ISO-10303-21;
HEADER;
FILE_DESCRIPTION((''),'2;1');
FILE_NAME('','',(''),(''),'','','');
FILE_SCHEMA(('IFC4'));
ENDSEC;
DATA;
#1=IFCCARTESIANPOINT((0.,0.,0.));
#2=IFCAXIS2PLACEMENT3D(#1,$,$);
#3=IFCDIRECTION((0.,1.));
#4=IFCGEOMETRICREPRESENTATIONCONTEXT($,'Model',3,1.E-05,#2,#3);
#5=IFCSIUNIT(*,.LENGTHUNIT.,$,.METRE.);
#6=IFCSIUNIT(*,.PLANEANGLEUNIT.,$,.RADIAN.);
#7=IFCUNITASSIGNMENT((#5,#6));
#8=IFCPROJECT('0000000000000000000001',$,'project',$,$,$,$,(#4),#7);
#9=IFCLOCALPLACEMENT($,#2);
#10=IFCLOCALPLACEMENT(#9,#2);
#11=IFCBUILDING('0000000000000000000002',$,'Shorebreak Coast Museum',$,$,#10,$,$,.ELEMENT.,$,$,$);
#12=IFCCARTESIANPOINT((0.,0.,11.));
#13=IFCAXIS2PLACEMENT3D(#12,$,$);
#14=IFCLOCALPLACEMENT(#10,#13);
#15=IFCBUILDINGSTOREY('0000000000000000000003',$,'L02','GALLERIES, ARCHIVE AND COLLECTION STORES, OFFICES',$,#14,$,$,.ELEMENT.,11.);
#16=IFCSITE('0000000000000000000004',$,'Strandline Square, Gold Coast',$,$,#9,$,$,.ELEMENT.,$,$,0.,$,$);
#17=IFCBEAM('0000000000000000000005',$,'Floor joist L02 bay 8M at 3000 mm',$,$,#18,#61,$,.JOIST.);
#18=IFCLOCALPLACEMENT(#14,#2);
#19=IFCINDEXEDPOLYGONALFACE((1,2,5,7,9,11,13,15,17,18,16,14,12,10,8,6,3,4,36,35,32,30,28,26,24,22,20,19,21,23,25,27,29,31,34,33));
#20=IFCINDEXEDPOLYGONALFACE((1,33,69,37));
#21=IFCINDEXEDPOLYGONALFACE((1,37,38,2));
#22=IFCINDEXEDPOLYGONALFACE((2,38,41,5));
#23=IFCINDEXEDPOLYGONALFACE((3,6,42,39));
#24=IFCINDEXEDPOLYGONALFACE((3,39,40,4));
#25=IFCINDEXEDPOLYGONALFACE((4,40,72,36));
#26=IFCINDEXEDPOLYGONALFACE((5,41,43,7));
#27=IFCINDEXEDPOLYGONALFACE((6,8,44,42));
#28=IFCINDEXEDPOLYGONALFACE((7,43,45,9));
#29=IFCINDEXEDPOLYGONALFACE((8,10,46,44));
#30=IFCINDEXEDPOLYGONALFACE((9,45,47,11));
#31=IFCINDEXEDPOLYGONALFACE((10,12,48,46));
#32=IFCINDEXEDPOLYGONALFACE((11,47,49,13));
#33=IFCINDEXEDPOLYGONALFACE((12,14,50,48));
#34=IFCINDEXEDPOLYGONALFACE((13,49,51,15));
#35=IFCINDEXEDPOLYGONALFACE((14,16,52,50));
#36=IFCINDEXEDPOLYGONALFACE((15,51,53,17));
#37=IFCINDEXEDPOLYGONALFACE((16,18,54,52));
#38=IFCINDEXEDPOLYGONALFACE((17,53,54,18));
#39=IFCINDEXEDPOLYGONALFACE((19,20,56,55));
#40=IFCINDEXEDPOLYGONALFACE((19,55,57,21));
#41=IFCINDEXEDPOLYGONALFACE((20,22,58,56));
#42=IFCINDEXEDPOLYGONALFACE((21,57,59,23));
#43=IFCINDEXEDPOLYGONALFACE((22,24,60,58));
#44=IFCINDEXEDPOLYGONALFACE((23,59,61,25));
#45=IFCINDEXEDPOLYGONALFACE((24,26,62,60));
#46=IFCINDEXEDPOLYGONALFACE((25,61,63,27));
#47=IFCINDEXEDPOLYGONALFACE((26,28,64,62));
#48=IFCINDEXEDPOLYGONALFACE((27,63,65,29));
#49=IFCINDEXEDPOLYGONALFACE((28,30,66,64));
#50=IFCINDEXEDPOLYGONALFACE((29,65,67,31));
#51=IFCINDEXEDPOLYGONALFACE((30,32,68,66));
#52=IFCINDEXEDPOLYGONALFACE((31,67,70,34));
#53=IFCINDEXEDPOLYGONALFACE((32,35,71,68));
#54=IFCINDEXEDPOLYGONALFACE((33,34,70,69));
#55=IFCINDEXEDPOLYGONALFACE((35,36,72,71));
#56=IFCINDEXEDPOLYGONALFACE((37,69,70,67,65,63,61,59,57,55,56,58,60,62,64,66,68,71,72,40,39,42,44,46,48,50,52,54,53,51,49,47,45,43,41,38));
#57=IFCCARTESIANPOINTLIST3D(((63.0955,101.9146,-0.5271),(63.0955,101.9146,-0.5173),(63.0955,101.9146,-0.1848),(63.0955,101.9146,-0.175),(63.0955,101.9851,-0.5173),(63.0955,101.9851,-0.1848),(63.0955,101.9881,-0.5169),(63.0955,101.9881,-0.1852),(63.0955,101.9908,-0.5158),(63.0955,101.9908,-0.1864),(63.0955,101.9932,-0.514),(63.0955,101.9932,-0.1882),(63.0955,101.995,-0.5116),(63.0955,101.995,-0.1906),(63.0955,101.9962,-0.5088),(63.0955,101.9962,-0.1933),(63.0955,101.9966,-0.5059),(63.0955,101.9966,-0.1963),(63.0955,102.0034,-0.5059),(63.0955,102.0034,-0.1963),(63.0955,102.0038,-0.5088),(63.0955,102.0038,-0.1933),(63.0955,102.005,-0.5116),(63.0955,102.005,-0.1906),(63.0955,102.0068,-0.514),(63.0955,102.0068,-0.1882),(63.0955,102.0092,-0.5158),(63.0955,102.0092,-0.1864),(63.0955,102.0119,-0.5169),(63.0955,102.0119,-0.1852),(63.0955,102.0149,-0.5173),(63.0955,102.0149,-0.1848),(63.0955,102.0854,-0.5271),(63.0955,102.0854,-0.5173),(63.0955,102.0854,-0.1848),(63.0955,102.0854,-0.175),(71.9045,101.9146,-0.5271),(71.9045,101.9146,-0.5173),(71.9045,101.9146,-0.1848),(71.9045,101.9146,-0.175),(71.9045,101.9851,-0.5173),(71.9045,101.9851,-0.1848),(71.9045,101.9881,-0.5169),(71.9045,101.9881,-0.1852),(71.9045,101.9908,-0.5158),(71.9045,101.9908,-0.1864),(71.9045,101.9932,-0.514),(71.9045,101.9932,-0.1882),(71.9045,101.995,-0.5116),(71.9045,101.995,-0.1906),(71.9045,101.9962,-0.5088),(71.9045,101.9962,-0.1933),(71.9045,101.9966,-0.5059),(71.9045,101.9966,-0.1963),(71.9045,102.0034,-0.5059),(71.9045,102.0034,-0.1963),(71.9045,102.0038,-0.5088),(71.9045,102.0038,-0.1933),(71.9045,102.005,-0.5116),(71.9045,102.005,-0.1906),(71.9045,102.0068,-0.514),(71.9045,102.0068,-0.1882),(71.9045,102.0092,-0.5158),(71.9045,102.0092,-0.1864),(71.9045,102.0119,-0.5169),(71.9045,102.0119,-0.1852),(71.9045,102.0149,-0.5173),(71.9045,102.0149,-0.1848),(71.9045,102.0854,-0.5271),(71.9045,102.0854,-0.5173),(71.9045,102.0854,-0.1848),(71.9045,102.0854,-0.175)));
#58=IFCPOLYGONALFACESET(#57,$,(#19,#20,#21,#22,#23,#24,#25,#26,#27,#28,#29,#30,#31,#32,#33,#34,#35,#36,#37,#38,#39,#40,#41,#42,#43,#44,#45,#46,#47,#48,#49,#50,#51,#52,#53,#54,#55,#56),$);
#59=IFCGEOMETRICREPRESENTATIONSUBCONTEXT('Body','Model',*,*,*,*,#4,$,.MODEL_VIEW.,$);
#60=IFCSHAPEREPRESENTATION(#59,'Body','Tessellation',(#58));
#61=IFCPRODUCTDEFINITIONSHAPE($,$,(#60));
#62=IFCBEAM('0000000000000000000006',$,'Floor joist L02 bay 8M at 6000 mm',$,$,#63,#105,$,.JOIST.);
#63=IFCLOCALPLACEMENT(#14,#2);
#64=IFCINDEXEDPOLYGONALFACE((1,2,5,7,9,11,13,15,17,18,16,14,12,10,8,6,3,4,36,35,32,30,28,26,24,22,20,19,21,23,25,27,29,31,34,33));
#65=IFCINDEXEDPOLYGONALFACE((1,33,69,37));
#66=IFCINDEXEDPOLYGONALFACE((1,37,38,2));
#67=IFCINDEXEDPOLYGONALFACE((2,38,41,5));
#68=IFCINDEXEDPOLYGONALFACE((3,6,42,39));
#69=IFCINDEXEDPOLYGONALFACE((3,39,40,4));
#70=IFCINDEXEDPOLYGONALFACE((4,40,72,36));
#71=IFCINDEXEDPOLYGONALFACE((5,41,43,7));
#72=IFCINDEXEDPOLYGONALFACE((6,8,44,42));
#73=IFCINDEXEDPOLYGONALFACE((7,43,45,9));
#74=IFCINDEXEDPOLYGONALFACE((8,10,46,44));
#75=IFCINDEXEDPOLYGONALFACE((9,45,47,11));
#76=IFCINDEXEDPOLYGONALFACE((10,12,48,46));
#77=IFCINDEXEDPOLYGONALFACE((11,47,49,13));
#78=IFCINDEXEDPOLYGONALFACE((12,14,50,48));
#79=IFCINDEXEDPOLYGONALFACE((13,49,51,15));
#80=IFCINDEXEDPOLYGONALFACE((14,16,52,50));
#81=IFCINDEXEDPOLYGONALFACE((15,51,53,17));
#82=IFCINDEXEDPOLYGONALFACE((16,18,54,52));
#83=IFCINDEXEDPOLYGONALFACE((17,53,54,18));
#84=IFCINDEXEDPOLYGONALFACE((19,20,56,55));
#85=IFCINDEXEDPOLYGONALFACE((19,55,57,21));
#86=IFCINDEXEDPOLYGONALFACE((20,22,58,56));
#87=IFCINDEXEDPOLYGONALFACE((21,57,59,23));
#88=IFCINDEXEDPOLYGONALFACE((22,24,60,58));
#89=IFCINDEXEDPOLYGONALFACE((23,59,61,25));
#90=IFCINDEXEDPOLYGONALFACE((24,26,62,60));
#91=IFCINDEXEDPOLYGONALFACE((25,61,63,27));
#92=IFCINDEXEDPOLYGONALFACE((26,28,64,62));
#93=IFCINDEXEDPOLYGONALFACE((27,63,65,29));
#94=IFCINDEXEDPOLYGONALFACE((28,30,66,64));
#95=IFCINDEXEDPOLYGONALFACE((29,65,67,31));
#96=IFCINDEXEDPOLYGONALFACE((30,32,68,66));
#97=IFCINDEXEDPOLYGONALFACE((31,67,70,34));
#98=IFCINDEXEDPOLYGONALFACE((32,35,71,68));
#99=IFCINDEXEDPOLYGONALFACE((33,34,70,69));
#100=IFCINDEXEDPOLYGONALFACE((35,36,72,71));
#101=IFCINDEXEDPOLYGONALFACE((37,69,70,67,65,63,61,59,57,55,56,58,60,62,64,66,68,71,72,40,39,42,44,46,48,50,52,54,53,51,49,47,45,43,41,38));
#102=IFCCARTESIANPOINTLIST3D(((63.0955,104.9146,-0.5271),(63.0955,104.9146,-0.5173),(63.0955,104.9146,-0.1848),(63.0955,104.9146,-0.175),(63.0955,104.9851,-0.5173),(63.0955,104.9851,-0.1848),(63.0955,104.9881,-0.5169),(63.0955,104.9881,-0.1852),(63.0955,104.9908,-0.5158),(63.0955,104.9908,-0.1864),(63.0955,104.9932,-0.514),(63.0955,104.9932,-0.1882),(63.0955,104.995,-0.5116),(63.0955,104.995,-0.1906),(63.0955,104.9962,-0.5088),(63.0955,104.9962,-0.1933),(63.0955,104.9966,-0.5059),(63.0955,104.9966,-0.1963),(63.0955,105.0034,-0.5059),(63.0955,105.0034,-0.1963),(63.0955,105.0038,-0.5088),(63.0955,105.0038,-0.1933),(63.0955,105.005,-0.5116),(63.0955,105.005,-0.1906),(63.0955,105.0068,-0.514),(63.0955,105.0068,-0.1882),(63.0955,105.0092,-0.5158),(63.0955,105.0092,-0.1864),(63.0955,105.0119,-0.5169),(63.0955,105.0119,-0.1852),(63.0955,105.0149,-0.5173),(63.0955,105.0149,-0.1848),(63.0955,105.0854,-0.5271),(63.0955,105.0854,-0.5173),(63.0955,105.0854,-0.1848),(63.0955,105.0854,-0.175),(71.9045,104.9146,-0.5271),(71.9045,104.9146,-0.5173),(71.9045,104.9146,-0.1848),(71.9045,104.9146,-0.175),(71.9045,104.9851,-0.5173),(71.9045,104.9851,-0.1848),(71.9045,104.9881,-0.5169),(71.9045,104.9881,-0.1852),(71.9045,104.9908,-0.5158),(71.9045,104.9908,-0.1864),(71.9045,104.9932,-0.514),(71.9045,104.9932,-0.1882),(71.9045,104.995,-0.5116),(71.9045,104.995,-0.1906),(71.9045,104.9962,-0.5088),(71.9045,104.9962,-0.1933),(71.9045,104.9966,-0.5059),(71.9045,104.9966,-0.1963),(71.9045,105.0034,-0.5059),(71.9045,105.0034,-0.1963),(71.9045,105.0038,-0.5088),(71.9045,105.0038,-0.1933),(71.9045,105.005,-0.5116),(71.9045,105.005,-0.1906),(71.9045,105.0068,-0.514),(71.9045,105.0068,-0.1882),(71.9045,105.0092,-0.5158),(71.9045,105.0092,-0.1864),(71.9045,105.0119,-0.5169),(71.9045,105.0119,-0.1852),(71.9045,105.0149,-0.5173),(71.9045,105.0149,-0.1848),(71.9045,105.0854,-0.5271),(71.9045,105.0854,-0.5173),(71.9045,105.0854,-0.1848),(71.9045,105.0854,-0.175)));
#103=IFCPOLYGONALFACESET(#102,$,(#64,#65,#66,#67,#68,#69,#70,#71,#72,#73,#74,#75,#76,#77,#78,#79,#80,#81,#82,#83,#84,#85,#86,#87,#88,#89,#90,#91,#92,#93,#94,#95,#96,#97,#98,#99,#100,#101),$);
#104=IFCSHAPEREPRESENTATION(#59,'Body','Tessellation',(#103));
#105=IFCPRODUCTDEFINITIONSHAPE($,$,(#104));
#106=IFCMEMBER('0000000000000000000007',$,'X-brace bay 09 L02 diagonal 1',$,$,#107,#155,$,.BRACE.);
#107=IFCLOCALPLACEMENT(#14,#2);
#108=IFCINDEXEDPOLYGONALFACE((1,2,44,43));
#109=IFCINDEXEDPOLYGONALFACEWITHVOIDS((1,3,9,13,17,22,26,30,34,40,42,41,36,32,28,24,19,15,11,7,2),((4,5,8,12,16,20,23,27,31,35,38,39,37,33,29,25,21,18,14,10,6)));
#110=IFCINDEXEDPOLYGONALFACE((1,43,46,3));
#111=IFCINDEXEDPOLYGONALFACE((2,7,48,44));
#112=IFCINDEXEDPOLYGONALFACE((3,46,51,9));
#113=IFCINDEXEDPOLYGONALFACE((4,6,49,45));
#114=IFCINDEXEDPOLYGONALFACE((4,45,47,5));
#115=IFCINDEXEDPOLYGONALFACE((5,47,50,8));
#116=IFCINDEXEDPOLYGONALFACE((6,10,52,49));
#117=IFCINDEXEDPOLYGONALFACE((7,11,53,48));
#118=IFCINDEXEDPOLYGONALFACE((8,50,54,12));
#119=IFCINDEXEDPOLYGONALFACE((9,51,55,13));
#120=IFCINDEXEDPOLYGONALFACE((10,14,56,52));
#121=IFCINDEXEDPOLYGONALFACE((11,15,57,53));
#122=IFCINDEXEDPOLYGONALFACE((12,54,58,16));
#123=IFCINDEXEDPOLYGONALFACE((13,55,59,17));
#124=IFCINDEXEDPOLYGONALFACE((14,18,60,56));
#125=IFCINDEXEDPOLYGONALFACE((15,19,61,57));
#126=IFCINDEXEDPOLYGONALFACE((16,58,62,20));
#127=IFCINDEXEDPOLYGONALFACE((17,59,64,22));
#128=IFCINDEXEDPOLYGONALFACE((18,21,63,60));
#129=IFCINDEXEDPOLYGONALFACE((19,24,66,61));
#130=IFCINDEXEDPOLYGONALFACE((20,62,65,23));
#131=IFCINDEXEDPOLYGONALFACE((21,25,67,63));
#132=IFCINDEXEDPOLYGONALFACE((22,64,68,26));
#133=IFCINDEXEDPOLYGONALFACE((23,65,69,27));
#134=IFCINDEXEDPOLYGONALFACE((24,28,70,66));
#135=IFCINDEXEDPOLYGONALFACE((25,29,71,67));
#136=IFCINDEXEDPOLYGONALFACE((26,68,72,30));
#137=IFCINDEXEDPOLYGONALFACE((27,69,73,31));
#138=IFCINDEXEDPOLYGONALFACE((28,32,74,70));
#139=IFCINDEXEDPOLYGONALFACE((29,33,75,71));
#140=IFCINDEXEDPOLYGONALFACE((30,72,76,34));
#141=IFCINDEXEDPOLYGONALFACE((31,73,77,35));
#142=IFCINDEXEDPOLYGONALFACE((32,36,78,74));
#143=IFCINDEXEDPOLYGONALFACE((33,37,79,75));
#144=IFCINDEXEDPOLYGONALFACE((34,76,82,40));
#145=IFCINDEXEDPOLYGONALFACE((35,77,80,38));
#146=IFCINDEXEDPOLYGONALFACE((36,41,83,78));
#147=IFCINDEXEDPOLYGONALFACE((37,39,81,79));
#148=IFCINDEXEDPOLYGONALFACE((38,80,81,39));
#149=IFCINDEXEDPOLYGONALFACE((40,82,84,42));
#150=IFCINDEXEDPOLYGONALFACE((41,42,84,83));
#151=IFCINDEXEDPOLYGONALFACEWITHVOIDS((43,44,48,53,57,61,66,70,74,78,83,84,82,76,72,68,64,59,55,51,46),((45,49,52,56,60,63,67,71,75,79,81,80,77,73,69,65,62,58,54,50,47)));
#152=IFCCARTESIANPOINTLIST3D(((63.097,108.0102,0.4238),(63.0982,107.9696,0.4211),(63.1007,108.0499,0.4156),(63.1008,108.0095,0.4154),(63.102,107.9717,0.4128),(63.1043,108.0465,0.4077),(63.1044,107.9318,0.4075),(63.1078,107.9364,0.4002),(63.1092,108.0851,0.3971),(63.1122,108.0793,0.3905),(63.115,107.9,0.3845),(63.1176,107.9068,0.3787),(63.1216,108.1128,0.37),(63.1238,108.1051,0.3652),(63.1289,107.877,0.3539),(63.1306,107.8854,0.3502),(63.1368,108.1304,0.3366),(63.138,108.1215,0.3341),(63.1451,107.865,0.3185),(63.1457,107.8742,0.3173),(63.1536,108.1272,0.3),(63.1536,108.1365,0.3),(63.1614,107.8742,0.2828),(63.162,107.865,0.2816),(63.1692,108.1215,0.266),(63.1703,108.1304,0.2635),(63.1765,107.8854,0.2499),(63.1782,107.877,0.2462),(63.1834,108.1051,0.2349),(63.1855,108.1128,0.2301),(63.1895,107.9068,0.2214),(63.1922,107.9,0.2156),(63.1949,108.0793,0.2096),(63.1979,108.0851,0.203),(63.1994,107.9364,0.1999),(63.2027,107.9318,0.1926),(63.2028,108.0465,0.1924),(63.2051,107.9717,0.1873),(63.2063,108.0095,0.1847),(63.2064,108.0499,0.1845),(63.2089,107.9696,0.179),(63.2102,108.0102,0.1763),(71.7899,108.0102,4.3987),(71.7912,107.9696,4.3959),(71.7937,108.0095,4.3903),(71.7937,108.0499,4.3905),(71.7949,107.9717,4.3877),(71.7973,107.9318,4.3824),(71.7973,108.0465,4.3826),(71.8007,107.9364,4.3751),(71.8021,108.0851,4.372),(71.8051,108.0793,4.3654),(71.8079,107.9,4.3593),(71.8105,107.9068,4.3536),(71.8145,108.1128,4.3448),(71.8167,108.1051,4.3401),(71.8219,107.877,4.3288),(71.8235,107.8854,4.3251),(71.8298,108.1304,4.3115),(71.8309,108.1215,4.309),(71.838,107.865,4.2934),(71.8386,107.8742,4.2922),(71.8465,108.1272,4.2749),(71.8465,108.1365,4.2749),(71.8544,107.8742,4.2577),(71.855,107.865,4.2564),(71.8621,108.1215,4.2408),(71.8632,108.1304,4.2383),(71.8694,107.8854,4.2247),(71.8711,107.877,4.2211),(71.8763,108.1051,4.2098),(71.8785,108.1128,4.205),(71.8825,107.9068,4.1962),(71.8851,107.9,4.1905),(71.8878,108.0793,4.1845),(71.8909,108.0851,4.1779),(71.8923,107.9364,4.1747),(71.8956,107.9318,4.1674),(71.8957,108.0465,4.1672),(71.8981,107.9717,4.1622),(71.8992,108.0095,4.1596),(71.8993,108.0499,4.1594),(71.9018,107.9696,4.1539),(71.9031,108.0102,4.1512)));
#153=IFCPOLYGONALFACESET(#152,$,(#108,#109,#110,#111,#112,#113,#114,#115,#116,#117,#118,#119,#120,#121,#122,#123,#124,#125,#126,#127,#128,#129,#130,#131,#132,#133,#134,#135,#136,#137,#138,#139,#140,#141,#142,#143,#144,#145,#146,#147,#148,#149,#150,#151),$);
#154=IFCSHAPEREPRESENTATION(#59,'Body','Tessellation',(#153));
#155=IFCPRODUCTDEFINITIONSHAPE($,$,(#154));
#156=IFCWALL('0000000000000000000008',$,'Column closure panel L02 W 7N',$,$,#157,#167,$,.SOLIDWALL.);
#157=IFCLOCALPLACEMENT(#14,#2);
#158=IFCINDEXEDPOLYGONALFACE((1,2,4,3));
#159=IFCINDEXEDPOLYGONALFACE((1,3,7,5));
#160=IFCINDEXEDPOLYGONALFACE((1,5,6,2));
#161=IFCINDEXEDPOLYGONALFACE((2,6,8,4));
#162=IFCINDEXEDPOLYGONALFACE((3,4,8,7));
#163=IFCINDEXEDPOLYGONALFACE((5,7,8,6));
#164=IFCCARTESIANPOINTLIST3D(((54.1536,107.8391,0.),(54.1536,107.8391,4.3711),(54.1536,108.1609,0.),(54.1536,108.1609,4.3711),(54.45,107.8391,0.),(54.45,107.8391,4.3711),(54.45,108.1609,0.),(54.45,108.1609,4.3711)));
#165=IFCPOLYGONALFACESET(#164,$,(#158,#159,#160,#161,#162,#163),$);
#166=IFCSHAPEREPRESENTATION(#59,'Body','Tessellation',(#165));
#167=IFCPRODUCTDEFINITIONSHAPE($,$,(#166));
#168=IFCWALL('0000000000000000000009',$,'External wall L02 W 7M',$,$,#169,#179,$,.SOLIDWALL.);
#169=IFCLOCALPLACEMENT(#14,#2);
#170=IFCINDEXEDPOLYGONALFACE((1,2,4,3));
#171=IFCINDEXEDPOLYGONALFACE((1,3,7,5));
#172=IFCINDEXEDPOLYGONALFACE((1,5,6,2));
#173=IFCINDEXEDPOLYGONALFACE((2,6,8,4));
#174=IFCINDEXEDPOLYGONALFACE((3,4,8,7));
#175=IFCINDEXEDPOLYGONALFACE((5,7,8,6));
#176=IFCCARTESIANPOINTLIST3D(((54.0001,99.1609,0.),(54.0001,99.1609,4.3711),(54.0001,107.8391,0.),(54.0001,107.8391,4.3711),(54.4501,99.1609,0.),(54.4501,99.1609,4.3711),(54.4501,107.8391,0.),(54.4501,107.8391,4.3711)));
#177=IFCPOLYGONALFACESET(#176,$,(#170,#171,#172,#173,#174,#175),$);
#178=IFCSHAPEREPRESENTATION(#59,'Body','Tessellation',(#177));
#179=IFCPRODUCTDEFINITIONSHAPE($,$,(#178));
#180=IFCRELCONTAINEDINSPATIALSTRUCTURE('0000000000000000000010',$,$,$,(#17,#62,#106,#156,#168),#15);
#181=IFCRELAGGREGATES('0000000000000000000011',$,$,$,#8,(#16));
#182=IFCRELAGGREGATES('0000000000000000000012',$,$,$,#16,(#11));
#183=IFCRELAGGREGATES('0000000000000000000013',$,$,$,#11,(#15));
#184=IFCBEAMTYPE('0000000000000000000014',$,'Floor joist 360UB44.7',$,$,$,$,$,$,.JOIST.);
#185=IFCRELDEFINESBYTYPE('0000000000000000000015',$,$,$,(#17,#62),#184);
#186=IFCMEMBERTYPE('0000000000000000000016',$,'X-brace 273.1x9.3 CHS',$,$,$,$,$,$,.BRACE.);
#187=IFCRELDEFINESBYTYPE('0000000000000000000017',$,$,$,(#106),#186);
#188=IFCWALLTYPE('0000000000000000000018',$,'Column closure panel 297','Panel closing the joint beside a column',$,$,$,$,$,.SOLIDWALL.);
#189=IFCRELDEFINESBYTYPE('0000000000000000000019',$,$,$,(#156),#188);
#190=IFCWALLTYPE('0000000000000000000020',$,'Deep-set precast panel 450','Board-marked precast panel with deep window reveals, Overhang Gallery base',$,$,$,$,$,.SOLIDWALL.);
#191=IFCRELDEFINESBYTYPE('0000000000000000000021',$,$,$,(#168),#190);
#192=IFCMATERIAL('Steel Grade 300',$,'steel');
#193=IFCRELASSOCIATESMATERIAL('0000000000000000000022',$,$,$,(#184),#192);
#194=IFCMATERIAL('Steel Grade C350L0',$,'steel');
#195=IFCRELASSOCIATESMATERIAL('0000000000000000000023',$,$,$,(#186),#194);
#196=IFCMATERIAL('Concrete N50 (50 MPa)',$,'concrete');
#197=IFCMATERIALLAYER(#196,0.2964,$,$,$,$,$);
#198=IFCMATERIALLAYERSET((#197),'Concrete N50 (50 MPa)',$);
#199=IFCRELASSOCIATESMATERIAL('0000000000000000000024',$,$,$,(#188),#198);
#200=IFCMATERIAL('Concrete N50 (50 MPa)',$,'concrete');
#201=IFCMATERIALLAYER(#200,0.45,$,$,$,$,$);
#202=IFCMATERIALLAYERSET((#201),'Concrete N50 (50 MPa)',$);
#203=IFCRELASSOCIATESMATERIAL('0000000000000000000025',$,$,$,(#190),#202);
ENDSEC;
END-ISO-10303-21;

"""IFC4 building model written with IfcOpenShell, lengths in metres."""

from ifc_helpers import new_model, si_unit, direction, frame, frame_2d, origin, origin_2d, place, context, subcontext, project, spatial, rectangle, hollow_circle, i_section, extrude, material, layer, layer_set, material_profile, profile_set, type_object, element, save


model = new_model("IFC4")

# Units and contexts
model_context = context("Model", 3, precision=1e-05, world=origin(), true_north=direction((0.0, 1.0)))
body_context = subcontext(model_context, "Body", "Model", "MODEL_VIEW")
ifc_project = project(units=[si_unit("LENGTHUNIT", "METRE"), si_unit("PLANEANGLEUNIT", "RADIAN")], contexts=[model_context])

# Site, building, storey
site_placement = place(None, origin())
site = spatial("IfcSite", under=ifc_project, at=site_placement, Name="Strandline Square, Gold Coast", CompositionType="ELEMENT", RefElevation=0.0)
building_placement = place(site_placement, origin())
building = spatial("IfcBuilding", under=site, at=building_placement, Name="Shorebreak Coast Museum", CompositionType="ELEMENT")
storey_placement = place(building_placement, frame((0.0, 0.0, 11.0)))
storey = spatial("IfcBuildingStorey", under=building, at=storey_placement, Name="L02", Description="GALLERIES, ARCHIVE AND COLLECTION STORES, OFFICES", CompositionType="ELEMENT", Elevation=11.0)

# Beams
ifc_material_1 = material(Name="Steel Grade 300", Category="steel")
ifc_material_profile_1 = material_profile(ifc_material_1, i_section(OverallWidth=0.1709, OverallDepth=0.3521, WebThickness=0.0068, FlangeThickness=0.0098, FilletRadius=0.0115, at=origin_2d()), Name="360UB44.7")
ifc_profile_set_1 = profile_set([ifc_material_profile_1], Name="Steel Grade 300")
beam_type_1 = type_object("IfcBeamType", Name="Floor joist 360UB44.7", PredefinedType="JOIST", material=ifc_profile_set_1)
for number, where, z_axis, x_axis, name in (
    (1, (63.0955, 102.0, -0.3511), (1.0, 0.0, 0.0), (0.0, 1.0, 0.0), "Floor joist L02 bay 8M at 3000 mm"),
    (2, (63.0955, 105.0, -0.3511), (1.0, 0.0, 0.0), (0.0, 1.0, 0.0), "Floor joist L02 bay 8M at 6000 mm"),
):
    element("IfcBeam", number, at=place(storey_placement, frame(where, z_axis=z_axis, x_axis=x_axis)), inside=storey, type_object=beam_type_1, Name=name, PredefinedType="JOIST", context=body_context, shape_type="SweptSolid", body=[
        extrude(i_section(OverallWidth=0.1709, OverallDepth=0.3521, WebThickness=0.0068, FlangeThickness=0.0098, FilletRadius=0.0115, at=origin_2d()), origin(), (0.0, 0.0, 1.0), 8.8091),
    ])

# Member
ifc_material_2 = material(Name="Steel Grade C350L0", Category="steel")
ifc_material_profile_2 = material_profile(ifc_material_2, hollow_circle(Radius=0.1365, WallThickness=0.0093, at=origin_2d()), Name="273.1x9.3 CHS")
ifc_profile_set_2 = profile_set([ifc_material_profile_2], Name="Steel Grade C350L0")
member_type = type_object("IfcMemberType", Name="X-brace 273.1x9.3 CHS", PredefinedType="BRACE", material=ifc_profile_set_2)
member_placement = place(storey_placement, frame((63.1536, 108.0, 0.3), z_axis=(0.909436, 0.0, 0.415844), x_axis=(0.0, 1.0, 0.0)))
element("IfcMember", 3, at=member_placement, inside=storey, type_object=member_type, Name="X-brace bay 09 L02 diagonal 1", PredefinedType="BRACE", context=body_context, shape_type="SweptSolid", body=[
    extrude(hollow_circle(Radius=0.1365, WallThickness=0.0093, at=origin_2d()), origin(), (0.0, 0.0, 1.0), 9.5586),
])

# Walls
ifc_material_3 = material(Name="Concrete N50 (50 MPa)", Category="concrete")
ifc_layer_1 = layer(ifc_material_3, 0.2964)
ifc_layer_set_1 = layer_set([ifc_layer_1], Name="Concrete N50 (50 MPa)")
wall_type_1 = type_object("IfcWallType", Name="Column closure panel 297", Description="Panel closing the joint beside a column", PredefinedType="SOLIDWALL", material=ifc_layer_set_1)
wall_1_placement = place(storey_placement, frame((54.3018, 107.8391, 0.0), z_axis=(0.0, 0.0, 1.0), x_axis=(0.0, 1.0, 0.0)))
element("IfcWall", 4, at=wall_1_placement, inside=storey, type_object=wall_type_1, Name="Column closure panel L02 W 7N", PredefinedType="SOLIDWALL", context=body_context, shape_type="SweptSolid", body=[
    extrude(rectangle(XDim=0.3218, YDim=0.2964, at=frame_2d((0.1609, 0.0))), origin(), (0.0, 0.0, 1.0), 4.3711),
])
ifc_material_4 = material(Name="Concrete N50 (50 MPa)", Category="concrete")
ifc_layer_2 = layer(ifc_material_4, 0.45)
ifc_layer_set_2 = layer_set([ifc_layer_2], Name="Concrete N50 (50 MPa)")
wall_type_2 = type_object("IfcWallType", Name="Deep-set precast panel 450", Description="Board-marked precast panel with deep window reveals, Overhang Gallery base", PredefinedType="SOLIDWALL", material=ifc_layer_set_2)
wall_2_placement = place(storey_placement, frame((54.2251, 99.1609, 0.0), z_axis=(0.0, 0.0, 1.0), x_axis=(0.0, 1.0, 0.0)))
element("IfcWall", 5, at=wall_2_placement, inside=storey, type_object=wall_type_2, Name="External wall L02 W 7M", PredefinedType="SOLIDWALL", context=body_context, shape_type="SweptSolid", body=[
    extrude(rectangle(XDim=8.6782, YDim=0.45, at=frame_2d((4.3391, 0.0))), origin(), (0.0, 0.0, 1.0), 4.3711),
])

save(model, "model.ifc")
